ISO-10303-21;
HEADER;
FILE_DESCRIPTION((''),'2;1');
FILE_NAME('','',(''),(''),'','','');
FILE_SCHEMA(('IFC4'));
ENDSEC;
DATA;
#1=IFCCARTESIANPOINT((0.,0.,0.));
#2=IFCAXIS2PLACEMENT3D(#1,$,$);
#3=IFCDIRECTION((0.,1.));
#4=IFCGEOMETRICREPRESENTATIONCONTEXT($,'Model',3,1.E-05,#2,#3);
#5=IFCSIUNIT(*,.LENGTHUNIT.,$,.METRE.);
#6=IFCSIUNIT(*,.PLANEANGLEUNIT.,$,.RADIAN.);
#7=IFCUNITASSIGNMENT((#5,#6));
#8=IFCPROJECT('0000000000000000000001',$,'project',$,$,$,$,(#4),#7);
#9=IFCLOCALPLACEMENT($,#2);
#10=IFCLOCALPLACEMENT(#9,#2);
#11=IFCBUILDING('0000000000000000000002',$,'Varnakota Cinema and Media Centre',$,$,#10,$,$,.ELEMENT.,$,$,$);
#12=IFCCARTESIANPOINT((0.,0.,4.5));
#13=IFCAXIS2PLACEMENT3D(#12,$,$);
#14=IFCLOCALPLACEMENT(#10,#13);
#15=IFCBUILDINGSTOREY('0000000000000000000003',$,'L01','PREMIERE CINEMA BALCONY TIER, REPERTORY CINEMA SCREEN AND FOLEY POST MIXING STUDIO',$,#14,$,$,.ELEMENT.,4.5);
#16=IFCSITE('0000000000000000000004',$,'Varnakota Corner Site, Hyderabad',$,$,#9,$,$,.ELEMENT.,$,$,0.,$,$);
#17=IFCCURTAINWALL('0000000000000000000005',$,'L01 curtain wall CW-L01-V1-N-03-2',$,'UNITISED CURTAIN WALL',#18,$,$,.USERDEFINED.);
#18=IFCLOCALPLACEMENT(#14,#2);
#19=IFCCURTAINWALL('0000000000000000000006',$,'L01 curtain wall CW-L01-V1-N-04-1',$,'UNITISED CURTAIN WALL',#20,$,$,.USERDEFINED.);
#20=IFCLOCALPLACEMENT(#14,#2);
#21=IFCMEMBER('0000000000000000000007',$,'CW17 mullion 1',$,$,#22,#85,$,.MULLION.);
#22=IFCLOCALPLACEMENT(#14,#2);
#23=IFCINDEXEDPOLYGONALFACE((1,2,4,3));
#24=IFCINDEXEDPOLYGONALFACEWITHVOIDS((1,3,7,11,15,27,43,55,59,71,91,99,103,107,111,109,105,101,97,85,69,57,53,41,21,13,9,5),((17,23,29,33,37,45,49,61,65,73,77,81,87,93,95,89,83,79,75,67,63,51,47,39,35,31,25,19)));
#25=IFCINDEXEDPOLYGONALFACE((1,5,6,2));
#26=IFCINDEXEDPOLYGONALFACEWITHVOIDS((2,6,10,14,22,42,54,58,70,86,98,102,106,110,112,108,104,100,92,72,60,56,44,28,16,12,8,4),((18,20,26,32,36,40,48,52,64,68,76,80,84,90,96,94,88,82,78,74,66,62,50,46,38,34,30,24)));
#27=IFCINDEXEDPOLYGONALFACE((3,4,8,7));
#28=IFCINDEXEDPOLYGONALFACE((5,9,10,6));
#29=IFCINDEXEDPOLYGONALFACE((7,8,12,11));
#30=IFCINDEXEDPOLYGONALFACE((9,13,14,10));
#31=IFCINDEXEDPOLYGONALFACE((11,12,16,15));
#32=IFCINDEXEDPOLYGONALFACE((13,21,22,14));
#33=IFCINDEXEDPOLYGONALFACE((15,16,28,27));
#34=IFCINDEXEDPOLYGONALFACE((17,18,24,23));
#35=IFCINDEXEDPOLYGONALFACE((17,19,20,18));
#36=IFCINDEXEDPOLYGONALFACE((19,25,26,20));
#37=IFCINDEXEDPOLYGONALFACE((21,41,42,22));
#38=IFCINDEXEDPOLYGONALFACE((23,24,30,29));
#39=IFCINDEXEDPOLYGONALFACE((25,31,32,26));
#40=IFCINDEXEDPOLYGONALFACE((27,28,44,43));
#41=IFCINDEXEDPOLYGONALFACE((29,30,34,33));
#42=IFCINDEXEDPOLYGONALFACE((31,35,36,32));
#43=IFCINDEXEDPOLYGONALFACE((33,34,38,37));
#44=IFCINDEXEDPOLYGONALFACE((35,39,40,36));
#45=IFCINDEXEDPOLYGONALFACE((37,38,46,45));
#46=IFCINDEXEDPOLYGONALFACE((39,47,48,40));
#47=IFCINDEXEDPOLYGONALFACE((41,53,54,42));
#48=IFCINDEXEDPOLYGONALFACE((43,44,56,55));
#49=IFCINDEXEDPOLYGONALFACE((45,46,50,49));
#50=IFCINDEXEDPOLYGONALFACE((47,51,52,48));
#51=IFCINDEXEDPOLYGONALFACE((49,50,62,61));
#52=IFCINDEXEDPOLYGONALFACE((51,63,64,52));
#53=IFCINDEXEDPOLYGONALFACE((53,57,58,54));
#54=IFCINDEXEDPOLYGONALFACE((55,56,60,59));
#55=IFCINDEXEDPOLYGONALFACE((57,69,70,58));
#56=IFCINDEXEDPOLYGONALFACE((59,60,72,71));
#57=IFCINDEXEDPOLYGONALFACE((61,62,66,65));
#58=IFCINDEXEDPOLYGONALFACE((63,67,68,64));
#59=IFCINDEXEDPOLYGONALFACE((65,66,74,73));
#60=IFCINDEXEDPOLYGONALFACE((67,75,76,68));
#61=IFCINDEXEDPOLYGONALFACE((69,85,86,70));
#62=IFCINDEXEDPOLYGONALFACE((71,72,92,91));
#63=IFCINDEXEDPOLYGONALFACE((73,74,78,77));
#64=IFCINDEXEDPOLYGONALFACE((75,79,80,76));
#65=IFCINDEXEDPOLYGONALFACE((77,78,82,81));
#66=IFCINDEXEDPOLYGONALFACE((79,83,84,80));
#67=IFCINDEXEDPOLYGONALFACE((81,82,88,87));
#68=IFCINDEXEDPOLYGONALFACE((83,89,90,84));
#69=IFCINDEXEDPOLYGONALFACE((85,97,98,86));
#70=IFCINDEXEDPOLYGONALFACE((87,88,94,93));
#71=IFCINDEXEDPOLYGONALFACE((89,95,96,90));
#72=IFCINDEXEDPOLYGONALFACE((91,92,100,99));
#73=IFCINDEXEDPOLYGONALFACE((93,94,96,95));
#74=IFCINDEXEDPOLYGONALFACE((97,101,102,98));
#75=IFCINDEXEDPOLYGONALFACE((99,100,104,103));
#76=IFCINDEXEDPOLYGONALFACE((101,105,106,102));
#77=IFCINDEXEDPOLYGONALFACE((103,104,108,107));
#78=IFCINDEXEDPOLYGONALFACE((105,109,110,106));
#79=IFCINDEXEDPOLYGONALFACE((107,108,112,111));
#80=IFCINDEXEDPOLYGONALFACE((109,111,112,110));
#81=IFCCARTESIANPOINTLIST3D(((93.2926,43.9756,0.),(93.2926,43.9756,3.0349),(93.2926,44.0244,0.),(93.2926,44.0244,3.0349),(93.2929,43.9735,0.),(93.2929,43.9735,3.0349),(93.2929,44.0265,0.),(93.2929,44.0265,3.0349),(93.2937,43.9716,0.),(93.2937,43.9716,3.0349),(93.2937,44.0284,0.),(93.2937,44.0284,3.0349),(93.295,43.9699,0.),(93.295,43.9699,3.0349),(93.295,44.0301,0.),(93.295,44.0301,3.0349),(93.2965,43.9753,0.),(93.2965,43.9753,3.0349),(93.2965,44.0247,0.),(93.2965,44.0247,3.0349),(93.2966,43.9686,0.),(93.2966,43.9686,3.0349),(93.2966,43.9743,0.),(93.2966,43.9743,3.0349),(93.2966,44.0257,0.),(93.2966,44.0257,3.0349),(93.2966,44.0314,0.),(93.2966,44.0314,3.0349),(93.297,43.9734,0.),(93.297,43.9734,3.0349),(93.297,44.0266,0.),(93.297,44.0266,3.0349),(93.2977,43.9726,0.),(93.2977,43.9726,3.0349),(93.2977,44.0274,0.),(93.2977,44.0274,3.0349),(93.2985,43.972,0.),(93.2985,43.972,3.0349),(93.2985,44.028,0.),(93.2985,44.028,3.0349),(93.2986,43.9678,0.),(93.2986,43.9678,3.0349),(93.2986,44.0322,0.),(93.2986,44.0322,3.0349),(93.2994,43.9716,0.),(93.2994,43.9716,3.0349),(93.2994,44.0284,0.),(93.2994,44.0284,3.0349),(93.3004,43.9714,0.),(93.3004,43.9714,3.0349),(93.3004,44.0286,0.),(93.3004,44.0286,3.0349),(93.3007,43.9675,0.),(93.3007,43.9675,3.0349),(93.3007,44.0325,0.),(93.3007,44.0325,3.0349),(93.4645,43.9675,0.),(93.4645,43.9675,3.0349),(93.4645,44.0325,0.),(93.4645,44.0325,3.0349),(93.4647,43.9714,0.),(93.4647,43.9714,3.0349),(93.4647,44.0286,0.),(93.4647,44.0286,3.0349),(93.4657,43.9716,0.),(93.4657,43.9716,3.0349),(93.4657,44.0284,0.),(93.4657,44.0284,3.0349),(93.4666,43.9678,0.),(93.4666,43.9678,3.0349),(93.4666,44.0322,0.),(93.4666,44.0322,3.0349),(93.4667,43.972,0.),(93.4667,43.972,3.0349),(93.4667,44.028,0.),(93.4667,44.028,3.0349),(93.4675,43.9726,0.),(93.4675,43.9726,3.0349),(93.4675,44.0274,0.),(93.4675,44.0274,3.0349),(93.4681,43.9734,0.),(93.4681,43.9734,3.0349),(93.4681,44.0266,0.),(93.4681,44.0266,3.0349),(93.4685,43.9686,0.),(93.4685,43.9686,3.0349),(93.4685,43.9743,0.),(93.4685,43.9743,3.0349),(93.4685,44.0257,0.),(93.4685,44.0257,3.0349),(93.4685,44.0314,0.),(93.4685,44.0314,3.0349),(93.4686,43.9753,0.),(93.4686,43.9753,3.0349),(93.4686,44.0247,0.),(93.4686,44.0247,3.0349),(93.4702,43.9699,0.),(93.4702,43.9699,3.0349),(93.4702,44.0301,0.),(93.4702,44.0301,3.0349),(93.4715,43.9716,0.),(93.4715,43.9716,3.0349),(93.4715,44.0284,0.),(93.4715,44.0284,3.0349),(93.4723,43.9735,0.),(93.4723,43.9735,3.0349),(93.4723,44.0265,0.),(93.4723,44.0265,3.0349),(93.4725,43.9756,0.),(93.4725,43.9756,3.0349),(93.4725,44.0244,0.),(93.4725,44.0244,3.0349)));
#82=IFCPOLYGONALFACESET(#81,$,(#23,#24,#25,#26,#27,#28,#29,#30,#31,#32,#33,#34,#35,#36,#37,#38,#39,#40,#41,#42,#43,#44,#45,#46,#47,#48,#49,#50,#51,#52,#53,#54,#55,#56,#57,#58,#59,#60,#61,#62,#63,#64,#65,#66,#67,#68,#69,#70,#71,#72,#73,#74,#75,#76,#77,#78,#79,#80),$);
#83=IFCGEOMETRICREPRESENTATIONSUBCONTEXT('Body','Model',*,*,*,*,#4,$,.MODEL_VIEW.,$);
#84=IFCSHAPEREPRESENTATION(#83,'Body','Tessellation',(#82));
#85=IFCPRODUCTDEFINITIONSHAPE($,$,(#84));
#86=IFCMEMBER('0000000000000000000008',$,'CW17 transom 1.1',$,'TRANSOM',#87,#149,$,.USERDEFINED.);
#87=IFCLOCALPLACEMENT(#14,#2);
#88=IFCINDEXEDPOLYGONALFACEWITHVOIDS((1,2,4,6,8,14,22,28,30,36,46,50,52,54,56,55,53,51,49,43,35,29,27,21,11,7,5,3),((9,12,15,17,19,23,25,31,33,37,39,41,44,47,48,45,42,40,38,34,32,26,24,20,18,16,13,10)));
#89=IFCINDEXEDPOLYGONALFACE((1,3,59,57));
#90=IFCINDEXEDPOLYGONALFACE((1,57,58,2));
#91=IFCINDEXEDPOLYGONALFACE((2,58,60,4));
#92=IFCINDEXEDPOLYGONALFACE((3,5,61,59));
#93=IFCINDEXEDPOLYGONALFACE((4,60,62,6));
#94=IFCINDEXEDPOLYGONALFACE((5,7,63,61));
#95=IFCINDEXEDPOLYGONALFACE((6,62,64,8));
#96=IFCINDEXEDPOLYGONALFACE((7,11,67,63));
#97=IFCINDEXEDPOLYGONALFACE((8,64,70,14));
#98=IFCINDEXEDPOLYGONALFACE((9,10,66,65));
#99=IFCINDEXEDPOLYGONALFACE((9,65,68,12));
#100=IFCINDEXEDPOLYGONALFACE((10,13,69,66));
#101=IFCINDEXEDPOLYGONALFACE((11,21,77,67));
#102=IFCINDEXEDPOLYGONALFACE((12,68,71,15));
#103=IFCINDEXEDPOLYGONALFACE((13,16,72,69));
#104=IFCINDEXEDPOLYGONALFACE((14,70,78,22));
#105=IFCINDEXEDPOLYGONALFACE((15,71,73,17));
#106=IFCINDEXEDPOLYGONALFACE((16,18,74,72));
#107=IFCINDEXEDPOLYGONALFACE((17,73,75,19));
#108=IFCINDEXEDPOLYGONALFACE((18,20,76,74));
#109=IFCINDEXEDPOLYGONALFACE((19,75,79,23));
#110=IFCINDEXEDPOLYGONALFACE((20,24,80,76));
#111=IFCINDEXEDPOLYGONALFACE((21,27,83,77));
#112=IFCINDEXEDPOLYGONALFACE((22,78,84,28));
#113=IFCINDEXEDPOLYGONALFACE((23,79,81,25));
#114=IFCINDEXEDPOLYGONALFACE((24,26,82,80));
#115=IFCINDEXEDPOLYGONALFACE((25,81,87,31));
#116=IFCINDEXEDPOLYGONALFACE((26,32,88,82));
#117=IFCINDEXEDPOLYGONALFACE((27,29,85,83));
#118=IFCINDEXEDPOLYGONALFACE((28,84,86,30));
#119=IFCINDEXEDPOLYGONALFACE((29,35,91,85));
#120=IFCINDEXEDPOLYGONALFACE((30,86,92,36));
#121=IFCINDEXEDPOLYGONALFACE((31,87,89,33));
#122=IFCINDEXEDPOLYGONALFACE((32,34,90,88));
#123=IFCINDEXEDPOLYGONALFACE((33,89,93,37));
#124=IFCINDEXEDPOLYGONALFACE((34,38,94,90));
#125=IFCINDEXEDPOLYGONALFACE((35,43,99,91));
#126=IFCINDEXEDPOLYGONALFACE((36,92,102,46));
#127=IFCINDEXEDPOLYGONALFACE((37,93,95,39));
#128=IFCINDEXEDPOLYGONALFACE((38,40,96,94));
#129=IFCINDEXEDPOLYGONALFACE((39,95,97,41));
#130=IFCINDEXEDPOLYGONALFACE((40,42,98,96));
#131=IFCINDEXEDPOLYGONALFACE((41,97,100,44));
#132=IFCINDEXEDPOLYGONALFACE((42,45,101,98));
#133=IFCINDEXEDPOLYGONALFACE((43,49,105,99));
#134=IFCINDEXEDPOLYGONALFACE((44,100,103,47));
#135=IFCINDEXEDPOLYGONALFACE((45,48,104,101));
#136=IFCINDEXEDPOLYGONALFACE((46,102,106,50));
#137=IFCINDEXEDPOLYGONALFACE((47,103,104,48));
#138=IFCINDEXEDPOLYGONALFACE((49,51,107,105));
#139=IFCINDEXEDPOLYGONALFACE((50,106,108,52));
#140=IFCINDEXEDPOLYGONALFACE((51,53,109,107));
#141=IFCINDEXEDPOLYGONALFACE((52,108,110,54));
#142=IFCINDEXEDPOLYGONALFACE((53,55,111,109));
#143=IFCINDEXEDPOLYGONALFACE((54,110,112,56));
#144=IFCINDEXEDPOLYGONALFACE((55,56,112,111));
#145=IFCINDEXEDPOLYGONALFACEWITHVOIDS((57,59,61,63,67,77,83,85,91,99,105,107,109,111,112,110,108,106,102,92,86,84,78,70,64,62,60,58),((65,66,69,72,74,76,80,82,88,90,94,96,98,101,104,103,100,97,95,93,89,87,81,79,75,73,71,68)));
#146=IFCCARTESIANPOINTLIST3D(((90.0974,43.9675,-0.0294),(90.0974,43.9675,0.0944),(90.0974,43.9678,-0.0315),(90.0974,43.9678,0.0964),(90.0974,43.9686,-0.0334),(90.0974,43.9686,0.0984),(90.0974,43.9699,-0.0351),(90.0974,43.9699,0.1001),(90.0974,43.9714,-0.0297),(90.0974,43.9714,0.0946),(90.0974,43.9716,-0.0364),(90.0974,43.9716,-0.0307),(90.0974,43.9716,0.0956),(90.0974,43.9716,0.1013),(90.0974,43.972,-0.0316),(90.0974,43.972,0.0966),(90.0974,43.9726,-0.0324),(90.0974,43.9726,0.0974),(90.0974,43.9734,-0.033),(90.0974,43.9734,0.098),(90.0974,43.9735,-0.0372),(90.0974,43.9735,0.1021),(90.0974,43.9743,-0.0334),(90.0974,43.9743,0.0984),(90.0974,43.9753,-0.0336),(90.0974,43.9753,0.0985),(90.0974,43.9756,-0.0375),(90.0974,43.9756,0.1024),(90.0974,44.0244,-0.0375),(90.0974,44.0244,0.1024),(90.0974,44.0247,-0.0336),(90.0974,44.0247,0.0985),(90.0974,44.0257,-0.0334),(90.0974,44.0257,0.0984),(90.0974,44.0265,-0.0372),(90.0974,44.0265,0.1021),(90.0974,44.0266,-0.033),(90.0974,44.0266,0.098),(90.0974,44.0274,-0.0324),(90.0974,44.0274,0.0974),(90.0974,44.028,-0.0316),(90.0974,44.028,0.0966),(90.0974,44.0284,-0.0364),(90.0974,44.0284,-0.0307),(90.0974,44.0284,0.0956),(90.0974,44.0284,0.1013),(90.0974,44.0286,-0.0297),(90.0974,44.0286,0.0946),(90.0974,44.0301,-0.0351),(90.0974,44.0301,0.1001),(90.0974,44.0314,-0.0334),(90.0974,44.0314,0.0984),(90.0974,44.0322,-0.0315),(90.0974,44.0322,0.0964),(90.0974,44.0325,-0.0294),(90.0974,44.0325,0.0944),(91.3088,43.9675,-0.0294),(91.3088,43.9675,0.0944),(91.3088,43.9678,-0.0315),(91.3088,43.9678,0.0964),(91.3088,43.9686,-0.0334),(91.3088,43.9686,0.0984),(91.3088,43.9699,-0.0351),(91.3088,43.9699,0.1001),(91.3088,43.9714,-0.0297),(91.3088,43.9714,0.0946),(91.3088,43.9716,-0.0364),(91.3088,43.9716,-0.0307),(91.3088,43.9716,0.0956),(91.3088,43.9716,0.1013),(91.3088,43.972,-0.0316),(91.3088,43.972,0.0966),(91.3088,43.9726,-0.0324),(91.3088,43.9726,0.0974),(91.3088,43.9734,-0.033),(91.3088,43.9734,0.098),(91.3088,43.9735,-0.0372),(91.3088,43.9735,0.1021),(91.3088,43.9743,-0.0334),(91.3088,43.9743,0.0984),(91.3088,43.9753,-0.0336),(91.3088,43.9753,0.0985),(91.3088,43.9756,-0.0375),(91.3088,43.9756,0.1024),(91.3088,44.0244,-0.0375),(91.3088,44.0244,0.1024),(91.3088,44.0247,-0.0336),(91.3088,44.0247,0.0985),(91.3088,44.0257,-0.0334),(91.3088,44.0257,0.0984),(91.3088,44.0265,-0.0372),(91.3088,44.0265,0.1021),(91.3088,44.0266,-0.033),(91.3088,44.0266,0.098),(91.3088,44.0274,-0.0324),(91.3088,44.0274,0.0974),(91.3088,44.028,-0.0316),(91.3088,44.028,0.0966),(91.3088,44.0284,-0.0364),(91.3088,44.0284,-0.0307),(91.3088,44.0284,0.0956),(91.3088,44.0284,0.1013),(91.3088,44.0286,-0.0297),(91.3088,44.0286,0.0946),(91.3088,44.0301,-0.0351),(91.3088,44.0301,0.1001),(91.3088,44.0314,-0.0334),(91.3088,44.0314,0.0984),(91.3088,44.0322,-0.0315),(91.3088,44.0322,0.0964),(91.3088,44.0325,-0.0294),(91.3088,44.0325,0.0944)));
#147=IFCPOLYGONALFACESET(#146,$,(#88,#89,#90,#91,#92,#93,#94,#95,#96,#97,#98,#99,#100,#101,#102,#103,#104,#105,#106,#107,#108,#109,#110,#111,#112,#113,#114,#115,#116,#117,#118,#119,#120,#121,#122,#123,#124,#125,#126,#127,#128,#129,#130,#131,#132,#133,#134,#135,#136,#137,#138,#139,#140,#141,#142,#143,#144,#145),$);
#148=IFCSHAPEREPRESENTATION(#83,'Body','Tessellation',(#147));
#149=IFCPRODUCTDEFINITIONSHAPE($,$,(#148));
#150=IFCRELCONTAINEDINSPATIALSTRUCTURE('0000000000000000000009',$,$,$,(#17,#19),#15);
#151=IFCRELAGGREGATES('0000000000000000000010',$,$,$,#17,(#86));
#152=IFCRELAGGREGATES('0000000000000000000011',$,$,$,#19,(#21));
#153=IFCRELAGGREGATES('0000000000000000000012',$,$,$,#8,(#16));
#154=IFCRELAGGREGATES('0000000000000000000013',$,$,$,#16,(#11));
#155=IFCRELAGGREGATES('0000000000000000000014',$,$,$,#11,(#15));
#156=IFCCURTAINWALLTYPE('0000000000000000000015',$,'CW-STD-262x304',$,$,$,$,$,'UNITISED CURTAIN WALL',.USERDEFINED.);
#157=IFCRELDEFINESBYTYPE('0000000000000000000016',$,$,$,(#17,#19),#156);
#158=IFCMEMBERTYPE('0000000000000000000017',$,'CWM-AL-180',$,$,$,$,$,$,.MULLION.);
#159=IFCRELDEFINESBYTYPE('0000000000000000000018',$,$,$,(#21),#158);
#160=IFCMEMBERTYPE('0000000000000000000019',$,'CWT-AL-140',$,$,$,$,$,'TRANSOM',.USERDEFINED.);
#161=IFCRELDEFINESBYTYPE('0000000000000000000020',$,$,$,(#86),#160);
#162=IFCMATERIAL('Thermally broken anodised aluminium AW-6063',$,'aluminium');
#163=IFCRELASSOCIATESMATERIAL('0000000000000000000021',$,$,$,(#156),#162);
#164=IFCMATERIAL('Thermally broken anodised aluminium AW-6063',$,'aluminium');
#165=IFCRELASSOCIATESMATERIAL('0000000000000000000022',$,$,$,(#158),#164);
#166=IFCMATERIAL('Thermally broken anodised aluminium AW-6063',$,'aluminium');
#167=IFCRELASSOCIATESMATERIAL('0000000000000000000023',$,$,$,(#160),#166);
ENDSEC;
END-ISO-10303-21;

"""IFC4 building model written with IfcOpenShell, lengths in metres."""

from ifc_helpers import new_model, si_unit, direction, frame, origin, origin_2d, place, context, subcontext, project, spatial, hollow_rectangle, extrude, material, material_profile, profile_set, type_object, element, aggregate, save


model = new_model("IFC4")

# Units and contexts
model_context = context("Model", 3, precision=1e-05, world=origin(), true_north=direction((0.0, 1.0)))
body_context = subcontext(model_context, "Body", "Model", "MODEL_VIEW")
ifc_project = project(units=[si_unit("LENGTHUNIT", "METRE"), si_unit("PLANEANGLEUNIT", "RADIAN")], contexts=[model_context])

# Site, building, storey
site_placement = place(None, origin())
site = spatial("IfcSite", under=ifc_project, at=site_placement, Name="Varnakota Corner Site, Hyderabad", CompositionType="ELEMENT", RefElevation=0.0)
building_placement = place(site_placement, origin())
building = spatial("IfcBuilding", under=site, at=building_placement, Name="Varnakota Cinema and Media Centre", CompositionType="ELEMENT")
storey_placement = place(building_placement, frame((0.0, 0.0, 4.5)))
storey = spatial("IfcBuildingStorey", under=building, at=storey_placement, Name="L01", Description="PREMIERE CINEMA BALCONY TIER, REPERTORY CINEMA SCREEN AND FOLEY POST MIXING STUDIO", CompositionType="ELEMENT", Elevation=4.5)

# Shared definitions
ifc_material_1 = material(Name="Thermally broken anodised aluminium AW-6063", Category="aluminium")
curtain_wall_type = type_object("IfcCurtainWallType", Name="CW-STD-262x304", ElementType="UNITISED CURTAIN WALL", PredefinedType="USERDEFINED", material=ifc_material_1)
ifc_material_2 = material(Name="Thermally broken anodised aluminium AW-6063", Category="aluminium")
ifc_material_profile_1 = material_profile(ifc_material_2, hollow_rectangle(XDim=0.0649, YDim=0.1799, WallThickness=0.0039, InnerFilletRadius=0.0039, OuterFilletRadius=0.0081, at=origin_2d()), Name="AL-MULLION 180x65x4")
ifc_profile_set_1 = profile_set([ifc_material_profile_1], Name="Thermally broken anodised aluminium AW-6063")
member_type_1 = type_object("IfcMemberType", Name="CWM-AL-180", PredefinedType="MULLION", material=ifc_profile_set_1)

# Curtain wall
curtain_wall_1_placement = place(storey_placement, origin())
curtain_wall_1 = element("IfcCurtainWall", 1, at=curtain_wall_1_placement, inside=storey, type_object=curtain_wall_type, Name="L01 curtain wall CW-L01-V1-N-03-2", ObjectType="UNITISED CURTAIN WALL", PredefinedType="USERDEFINED")

# Curtain wall, member
curtain_wall_2_placement = place(storey_placement, origin())
curtain_wall_2 = element("IfcCurtainWall", 2, at=curtain_wall_2_placement, inside=storey, type_object=curtain_wall_type, Name="L01 curtain wall CW-L01-V1-N-04-1", ObjectType="UNITISED CURTAIN WALL", PredefinedType="USERDEFINED")
member_1_placement = place(storey_placement, frame((93.3826, 44.0, 0.0), z_axis=(0.0, 0.0, 1.0), x_axis=(0.0, 1.0, 0.0)))
member_1 = element("IfcMember", 3, at=member_1_placement, type_object=member_type_1, Name="CW17 mullion 1", PredefinedType="MULLION", context=body_context, shape_type="SweptSolid", body=[
    extrude(hollow_rectangle(XDim=0.0649, YDim=0.1799, WallThickness=0.0039, InnerFilletRadius=0.0039, OuterFilletRadius=0.0081, at=origin_2d()), origin(), (0.0, 0.0, 1.0), 3.0349),
])

# Member
ifc_material_3 = material(Name="Thermally broken anodised aluminium AW-6063", Category="aluminium")
ifc_material_profile_2 = material_profile(ifc_material_3, hollow_rectangle(XDim=0.0649, YDim=0.1399, WallThickness=0.0039, InnerFilletRadius=0.0039, OuterFilletRadius=0.0081, at=origin_2d()), Name="AL-TRANSOM 140x65x4")
ifc_profile_set_2 = profile_set([ifc_material_profile_2], Name="Thermally broken anodised aluminium AW-6063")
member_type_2 = type_object("IfcMemberType", Name="CWT-AL-140", ElementType="TRANSOM", PredefinedType="USERDEFINED", material=ifc_profile_set_2)
member_2_placement = place(storey_placement, frame((90.0974, 44.0, 0.0325), z_axis=(1.0, 0.0, 0.0), x_axis=(0.0, 1.0, 0.0)))
member_2 = element("IfcMember", 4, at=member_2_placement, type_object=member_type_2, Name="CW17 transom 1.1", ObjectType="TRANSOM", PredefinedType="USERDEFINED", context=body_context, shape_type="SweptSolid", body=[
    extrude(hollow_rectangle(XDim=0.0649, YDim=0.1399, WallThickness=0.0039, InnerFilletRadius=0.0039, OuterFilletRadius=0.0081, at=origin_2d()), origin(), (0.0, 0.0, 1.0), 1.2114),
])

aggregate(curtain_wall_1, [member_2])
aggregate(curtain_wall_2, [member_1])

save(model, "model.ifc")
